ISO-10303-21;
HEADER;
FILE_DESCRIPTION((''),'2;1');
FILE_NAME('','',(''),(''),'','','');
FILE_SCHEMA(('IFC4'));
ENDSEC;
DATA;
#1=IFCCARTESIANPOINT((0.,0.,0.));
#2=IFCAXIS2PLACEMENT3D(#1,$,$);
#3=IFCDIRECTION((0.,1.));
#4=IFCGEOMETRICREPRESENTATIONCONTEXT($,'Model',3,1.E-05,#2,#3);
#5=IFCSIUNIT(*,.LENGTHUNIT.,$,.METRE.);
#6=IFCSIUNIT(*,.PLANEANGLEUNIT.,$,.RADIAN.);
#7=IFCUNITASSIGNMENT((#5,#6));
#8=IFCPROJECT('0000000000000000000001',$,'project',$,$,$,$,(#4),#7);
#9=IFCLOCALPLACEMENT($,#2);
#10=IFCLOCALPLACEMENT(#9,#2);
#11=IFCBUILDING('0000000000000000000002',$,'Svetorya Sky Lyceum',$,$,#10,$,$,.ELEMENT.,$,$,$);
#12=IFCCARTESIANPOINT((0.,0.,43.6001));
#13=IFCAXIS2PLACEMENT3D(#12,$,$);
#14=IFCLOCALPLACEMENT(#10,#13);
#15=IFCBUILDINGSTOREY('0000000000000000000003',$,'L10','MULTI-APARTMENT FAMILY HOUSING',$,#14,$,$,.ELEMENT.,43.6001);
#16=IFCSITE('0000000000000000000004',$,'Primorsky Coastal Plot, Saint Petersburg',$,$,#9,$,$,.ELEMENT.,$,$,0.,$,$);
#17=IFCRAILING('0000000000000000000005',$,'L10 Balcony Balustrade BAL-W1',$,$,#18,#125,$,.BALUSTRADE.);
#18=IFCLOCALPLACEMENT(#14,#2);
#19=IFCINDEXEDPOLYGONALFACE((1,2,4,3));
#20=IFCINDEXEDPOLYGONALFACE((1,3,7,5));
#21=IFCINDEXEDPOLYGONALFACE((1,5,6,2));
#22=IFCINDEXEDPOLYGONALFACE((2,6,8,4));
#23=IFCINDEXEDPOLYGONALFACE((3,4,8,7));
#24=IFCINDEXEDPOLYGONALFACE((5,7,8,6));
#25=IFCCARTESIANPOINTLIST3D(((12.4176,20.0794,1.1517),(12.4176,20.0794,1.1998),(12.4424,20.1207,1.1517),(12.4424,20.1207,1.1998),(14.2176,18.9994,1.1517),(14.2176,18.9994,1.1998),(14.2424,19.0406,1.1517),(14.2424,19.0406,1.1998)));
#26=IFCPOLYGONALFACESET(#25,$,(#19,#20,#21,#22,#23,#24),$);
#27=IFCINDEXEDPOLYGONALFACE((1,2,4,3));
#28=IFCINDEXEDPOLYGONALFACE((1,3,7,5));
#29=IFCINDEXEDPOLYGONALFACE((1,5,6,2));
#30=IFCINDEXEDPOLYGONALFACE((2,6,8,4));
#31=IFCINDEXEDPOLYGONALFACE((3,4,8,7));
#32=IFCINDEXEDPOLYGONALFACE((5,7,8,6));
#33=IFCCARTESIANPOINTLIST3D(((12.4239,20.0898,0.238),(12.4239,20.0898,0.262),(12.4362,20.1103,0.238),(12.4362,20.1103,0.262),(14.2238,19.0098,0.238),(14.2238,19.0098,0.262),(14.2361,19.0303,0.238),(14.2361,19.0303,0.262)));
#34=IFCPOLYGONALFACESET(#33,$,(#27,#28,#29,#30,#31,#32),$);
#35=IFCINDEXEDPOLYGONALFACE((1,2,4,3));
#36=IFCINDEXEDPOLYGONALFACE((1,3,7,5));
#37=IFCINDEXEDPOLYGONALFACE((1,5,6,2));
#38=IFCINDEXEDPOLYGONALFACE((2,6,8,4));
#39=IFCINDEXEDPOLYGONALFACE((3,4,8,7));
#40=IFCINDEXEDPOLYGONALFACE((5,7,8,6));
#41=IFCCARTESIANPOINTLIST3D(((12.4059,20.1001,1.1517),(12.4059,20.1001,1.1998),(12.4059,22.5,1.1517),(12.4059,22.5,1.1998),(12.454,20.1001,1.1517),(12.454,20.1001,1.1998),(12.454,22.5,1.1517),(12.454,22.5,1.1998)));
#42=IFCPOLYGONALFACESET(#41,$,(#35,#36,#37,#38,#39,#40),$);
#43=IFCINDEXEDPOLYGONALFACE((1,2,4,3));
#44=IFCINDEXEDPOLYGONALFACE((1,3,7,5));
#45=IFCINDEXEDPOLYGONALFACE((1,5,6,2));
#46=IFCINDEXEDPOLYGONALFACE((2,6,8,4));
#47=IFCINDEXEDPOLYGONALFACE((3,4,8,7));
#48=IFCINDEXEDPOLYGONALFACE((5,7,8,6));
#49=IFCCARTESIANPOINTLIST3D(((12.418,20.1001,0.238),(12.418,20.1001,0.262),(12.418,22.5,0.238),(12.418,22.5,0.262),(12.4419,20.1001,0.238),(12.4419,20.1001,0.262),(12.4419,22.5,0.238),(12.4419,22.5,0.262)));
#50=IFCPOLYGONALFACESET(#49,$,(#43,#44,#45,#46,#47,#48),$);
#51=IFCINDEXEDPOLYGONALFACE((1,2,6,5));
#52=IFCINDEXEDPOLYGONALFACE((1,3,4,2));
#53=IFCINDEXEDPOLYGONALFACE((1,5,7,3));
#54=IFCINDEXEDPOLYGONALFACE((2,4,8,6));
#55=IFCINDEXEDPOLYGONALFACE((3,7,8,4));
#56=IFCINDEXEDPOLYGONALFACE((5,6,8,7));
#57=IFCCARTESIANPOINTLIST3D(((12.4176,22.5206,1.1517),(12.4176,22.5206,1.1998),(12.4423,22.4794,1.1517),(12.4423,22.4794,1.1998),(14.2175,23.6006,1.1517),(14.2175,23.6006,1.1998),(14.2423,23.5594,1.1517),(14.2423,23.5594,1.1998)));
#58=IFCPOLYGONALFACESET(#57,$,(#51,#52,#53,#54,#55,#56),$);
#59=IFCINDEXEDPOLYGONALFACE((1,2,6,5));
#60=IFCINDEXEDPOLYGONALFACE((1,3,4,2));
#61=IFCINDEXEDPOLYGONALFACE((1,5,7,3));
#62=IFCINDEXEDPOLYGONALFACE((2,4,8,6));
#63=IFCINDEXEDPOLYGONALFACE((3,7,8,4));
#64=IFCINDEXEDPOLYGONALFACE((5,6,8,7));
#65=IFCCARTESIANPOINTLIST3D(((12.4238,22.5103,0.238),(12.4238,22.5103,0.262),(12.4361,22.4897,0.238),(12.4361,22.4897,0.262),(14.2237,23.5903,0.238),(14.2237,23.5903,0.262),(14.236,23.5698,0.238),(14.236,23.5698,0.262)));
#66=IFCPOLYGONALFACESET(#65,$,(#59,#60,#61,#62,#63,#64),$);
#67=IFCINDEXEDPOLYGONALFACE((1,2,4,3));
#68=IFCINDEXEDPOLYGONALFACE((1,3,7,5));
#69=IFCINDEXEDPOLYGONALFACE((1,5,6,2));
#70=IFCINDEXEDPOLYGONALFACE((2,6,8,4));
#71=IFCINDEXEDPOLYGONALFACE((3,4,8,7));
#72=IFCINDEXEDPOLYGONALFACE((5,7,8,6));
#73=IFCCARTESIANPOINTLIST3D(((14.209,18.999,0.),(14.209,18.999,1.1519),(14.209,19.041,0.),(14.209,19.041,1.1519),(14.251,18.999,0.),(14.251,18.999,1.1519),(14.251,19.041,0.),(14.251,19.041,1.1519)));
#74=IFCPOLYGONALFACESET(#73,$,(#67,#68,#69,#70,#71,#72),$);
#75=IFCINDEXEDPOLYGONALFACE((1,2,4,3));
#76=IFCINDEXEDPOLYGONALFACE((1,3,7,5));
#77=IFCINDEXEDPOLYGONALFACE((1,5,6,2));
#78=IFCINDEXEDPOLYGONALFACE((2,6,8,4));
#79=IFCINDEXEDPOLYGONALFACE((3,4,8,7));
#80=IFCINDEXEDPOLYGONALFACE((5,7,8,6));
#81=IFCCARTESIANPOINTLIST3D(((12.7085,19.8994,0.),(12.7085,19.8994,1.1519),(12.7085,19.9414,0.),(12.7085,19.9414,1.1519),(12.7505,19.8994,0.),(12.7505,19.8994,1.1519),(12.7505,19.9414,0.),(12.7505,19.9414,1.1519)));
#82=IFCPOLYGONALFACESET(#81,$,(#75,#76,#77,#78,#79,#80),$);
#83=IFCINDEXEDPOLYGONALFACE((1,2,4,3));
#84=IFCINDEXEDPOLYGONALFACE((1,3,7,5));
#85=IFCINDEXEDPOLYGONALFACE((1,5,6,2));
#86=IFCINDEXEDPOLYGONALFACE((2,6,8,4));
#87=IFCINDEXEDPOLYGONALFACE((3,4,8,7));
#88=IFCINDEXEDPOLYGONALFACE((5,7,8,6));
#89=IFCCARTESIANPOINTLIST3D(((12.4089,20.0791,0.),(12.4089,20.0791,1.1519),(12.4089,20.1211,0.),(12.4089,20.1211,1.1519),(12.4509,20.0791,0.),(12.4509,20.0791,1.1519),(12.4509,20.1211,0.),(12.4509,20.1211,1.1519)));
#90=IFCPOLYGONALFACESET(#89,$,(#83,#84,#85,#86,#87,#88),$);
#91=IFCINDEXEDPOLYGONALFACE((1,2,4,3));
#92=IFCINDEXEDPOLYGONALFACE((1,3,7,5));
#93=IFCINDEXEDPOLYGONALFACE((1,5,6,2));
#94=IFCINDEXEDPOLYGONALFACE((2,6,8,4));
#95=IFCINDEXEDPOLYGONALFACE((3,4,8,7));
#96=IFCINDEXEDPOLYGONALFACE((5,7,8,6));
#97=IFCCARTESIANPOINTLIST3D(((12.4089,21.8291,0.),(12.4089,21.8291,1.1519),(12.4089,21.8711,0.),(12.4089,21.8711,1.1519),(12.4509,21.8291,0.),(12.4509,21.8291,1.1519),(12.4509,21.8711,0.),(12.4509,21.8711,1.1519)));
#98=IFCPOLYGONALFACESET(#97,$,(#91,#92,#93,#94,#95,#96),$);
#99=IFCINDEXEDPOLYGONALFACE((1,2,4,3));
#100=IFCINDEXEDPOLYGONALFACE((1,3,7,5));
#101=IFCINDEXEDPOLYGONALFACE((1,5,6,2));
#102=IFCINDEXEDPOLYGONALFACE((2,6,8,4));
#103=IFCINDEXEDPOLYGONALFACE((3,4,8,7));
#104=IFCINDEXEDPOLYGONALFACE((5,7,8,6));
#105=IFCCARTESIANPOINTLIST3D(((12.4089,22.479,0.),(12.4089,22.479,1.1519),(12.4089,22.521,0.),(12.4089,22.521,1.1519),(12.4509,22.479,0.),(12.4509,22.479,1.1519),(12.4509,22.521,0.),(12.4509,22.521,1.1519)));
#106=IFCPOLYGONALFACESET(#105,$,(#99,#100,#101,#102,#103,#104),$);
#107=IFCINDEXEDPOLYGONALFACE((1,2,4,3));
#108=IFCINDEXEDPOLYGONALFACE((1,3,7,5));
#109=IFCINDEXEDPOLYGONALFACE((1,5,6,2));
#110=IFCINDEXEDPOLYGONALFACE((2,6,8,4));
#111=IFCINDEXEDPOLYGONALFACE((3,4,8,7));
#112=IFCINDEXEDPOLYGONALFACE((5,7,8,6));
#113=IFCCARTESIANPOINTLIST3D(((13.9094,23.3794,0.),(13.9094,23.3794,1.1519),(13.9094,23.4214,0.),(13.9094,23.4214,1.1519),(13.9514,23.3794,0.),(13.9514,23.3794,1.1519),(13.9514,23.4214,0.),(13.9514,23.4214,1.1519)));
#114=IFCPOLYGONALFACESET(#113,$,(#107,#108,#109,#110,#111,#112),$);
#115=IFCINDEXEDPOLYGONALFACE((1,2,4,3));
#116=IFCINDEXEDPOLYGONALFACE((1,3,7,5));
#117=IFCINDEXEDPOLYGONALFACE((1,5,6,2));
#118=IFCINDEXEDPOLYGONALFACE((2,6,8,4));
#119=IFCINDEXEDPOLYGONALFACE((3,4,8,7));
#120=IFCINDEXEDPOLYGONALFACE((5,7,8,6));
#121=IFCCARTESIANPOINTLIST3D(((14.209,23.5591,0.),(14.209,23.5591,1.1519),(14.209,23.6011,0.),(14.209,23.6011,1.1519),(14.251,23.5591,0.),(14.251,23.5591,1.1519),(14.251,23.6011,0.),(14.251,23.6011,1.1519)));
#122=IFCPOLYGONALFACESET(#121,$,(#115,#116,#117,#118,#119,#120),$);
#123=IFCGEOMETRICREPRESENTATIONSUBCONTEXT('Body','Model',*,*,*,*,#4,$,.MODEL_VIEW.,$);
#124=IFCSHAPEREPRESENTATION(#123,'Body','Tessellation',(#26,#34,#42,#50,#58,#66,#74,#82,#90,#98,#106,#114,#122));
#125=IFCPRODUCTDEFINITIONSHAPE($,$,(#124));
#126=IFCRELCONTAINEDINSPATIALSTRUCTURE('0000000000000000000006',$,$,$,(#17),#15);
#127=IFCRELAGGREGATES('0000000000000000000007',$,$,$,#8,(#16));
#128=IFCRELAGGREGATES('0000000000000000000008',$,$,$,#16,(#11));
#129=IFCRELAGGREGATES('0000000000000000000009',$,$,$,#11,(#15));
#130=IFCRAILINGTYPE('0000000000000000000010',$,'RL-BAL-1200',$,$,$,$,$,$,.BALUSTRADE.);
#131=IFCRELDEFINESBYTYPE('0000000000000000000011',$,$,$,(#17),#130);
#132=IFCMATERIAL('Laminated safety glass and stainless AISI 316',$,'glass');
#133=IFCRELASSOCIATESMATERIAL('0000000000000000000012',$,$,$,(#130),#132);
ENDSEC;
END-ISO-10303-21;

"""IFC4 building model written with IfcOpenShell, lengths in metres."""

from ifc_helpers import new_model, si_unit, direction, frame, origin, origin_2d, place, context, subcontext, project, spatial, rectangle, extrude, material, type_object, element, save


model = new_model("IFC4")

# Units and contexts
model_context = context("Model", 3, precision=1e-05, world=origin(), true_north=direction((0.0, 1.0)))
body_context = subcontext(model_context, "Body", "Model", "MODEL_VIEW")
ifc_project = project(units=[si_unit("LENGTHUNIT", "METRE"), si_unit("PLANEANGLEUNIT", "RADIAN")], contexts=[model_context])

# Site, building, storey
site_placement = place(None, origin())
site = spatial("IfcSite", under=ifc_project, at=site_placement, Name="Primorsky Coastal Plot, Saint Petersburg", CompositionType="ELEMENT", RefElevation=0.0)
building_placement = place(site_placement, origin())
building = spatial("IfcBuilding", under=site, at=building_placement, Name="Svetorya Sky Lyceum", CompositionType="ELEMENT")
storey_placement = place(building_placement, frame((0.0, 0.0, 43.6001)))
storey = spatial("IfcBuildingStorey", under=building, at=storey_placement, Name="L10", Description="MULTI-APARTMENT FAMILY HOUSING", CompositionType="ELEMENT", Elevation=43.6001)

# Railing
ifc_material_1 = material(Name="Laminated safety glass and stainless AISI 316", Category="glass")
railing_type = type_object("IfcRailingType", Name="RL-BAL-1200", PredefinedType="BALUSTRADE", material=ifc_material_1)
railing_placement = place(storey_placement, frame((14.23, 19.02, 0.0)))
element("IfcRailing", 1, at=railing_placement, inside=storey, type_object=railing_type, Name="L10 Balcony Balustrade BAL-W1", PredefinedType="BALUSTRADE", context=body_context, shape_type="SweptSolid", body=[
    extrude(rectangle(XDim=0.0481, YDim=0.0481, at=origin_2d()), frame((0.0, 0.0, 1.1758), z_axis=(-0.857483, 0.514513, 0.0), x_axis=(-0.514513, -0.857483, 0.0)), (0.0, 0.0, 1.0), 2.0991),
    extrude(rectangle(XDim=0.0239, YDim=0.0239, at=origin_2d()), frame((0.0, 0.0, 0.25), z_axis=(-0.857483, 0.514513, 0.0), x_axis=(-0.514513, -0.857483, 0.0)), (0.0, 0.0, 1.0), 2.0991),
    extrude(rectangle(XDim=0.0481, YDim=0.0481, at=origin_2d()), frame((-1.8, 1.0801, 1.1758), z_axis=(0.0, 1.0, 0.0), x_axis=(-1.0, 0.0, 0.0)), (0.0, 0.0, 1.0), 2.3999),
    extrude(rectangle(XDim=0.0239, YDim=0.0239, at=origin_2d()), frame((-1.8, 1.0801, 0.25), z_axis=(0.0, 1.0, 0.0), x_axis=(-1.0, 0.0, 0.0)), (0.0, 0.0, 1.0), 2.3999),
    extrude(rectangle(XDim=0.0481, YDim=0.0481, at=origin_2d()), frame((-1.8, 3.48, 1.1758), z_axis=(0.857483, 0.514513, 0.0), x_axis=(-0.514513, 0.857483, 0.0)), (0.0, 0.0, 1.0), 2.0991),
    extrude(rectangle(XDim=0.0239, YDim=0.0239, at=origin_2d()), frame((-1.8, 3.48, 0.25), z_axis=(0.857483, 0.514513, 0.0), x_axis=(-0.514513, 0.857483, 0.0)), (0.0, 0.0, 1.0), 2.0991),
    extrude(rectangle(XDim=0.042, YDim=0.042, at=origin_2d()), origin(), (0.0, 0.0, 1.0), 1.1519),
    extrude(rectangle(XDim=0.042, YDim=0.042, at=origin_2d()), frame((-1.5005, 0.9004, 0.0)), (0.0, 0.0, 1.0), 1.1519),
    extrude(rectangle(XDim=0.042, YDim=0.042, at=origin_2d()), frame((-1.8, 1.0801, 0.0)), (0.0, 0.0, 1.0), 1.1519),
    extrude(rectangle(XDim=0.042, YDim=0.042, at=origin_2d()), frame((-1.8, 2.8301, 0.0)), (0.0, 0.0, 1.0), 1.1519),
    extrude(rectangle(XDim=0.042, YDim=0.042, at=origin_2d()), frame((-1.8, 3.48, 0.0)), (0.0, 0.0, 1.0), 1.1519),
    extrude(rectangle(XDim=0.042, YDim=0.042, at=origin_2d()), frame((-0.2996, 4.3804, 0.0)), (0.0, 0.0, 1.0), 1.1519),
    extrude(rectangle(XDim=0.042, YDim=0.042, at=origin_2d()), frame((0.0, 4.5601, 0.0)), (0.0, 0.0, 1.0), 1.1519),
])

save(model, "model.ifc")
